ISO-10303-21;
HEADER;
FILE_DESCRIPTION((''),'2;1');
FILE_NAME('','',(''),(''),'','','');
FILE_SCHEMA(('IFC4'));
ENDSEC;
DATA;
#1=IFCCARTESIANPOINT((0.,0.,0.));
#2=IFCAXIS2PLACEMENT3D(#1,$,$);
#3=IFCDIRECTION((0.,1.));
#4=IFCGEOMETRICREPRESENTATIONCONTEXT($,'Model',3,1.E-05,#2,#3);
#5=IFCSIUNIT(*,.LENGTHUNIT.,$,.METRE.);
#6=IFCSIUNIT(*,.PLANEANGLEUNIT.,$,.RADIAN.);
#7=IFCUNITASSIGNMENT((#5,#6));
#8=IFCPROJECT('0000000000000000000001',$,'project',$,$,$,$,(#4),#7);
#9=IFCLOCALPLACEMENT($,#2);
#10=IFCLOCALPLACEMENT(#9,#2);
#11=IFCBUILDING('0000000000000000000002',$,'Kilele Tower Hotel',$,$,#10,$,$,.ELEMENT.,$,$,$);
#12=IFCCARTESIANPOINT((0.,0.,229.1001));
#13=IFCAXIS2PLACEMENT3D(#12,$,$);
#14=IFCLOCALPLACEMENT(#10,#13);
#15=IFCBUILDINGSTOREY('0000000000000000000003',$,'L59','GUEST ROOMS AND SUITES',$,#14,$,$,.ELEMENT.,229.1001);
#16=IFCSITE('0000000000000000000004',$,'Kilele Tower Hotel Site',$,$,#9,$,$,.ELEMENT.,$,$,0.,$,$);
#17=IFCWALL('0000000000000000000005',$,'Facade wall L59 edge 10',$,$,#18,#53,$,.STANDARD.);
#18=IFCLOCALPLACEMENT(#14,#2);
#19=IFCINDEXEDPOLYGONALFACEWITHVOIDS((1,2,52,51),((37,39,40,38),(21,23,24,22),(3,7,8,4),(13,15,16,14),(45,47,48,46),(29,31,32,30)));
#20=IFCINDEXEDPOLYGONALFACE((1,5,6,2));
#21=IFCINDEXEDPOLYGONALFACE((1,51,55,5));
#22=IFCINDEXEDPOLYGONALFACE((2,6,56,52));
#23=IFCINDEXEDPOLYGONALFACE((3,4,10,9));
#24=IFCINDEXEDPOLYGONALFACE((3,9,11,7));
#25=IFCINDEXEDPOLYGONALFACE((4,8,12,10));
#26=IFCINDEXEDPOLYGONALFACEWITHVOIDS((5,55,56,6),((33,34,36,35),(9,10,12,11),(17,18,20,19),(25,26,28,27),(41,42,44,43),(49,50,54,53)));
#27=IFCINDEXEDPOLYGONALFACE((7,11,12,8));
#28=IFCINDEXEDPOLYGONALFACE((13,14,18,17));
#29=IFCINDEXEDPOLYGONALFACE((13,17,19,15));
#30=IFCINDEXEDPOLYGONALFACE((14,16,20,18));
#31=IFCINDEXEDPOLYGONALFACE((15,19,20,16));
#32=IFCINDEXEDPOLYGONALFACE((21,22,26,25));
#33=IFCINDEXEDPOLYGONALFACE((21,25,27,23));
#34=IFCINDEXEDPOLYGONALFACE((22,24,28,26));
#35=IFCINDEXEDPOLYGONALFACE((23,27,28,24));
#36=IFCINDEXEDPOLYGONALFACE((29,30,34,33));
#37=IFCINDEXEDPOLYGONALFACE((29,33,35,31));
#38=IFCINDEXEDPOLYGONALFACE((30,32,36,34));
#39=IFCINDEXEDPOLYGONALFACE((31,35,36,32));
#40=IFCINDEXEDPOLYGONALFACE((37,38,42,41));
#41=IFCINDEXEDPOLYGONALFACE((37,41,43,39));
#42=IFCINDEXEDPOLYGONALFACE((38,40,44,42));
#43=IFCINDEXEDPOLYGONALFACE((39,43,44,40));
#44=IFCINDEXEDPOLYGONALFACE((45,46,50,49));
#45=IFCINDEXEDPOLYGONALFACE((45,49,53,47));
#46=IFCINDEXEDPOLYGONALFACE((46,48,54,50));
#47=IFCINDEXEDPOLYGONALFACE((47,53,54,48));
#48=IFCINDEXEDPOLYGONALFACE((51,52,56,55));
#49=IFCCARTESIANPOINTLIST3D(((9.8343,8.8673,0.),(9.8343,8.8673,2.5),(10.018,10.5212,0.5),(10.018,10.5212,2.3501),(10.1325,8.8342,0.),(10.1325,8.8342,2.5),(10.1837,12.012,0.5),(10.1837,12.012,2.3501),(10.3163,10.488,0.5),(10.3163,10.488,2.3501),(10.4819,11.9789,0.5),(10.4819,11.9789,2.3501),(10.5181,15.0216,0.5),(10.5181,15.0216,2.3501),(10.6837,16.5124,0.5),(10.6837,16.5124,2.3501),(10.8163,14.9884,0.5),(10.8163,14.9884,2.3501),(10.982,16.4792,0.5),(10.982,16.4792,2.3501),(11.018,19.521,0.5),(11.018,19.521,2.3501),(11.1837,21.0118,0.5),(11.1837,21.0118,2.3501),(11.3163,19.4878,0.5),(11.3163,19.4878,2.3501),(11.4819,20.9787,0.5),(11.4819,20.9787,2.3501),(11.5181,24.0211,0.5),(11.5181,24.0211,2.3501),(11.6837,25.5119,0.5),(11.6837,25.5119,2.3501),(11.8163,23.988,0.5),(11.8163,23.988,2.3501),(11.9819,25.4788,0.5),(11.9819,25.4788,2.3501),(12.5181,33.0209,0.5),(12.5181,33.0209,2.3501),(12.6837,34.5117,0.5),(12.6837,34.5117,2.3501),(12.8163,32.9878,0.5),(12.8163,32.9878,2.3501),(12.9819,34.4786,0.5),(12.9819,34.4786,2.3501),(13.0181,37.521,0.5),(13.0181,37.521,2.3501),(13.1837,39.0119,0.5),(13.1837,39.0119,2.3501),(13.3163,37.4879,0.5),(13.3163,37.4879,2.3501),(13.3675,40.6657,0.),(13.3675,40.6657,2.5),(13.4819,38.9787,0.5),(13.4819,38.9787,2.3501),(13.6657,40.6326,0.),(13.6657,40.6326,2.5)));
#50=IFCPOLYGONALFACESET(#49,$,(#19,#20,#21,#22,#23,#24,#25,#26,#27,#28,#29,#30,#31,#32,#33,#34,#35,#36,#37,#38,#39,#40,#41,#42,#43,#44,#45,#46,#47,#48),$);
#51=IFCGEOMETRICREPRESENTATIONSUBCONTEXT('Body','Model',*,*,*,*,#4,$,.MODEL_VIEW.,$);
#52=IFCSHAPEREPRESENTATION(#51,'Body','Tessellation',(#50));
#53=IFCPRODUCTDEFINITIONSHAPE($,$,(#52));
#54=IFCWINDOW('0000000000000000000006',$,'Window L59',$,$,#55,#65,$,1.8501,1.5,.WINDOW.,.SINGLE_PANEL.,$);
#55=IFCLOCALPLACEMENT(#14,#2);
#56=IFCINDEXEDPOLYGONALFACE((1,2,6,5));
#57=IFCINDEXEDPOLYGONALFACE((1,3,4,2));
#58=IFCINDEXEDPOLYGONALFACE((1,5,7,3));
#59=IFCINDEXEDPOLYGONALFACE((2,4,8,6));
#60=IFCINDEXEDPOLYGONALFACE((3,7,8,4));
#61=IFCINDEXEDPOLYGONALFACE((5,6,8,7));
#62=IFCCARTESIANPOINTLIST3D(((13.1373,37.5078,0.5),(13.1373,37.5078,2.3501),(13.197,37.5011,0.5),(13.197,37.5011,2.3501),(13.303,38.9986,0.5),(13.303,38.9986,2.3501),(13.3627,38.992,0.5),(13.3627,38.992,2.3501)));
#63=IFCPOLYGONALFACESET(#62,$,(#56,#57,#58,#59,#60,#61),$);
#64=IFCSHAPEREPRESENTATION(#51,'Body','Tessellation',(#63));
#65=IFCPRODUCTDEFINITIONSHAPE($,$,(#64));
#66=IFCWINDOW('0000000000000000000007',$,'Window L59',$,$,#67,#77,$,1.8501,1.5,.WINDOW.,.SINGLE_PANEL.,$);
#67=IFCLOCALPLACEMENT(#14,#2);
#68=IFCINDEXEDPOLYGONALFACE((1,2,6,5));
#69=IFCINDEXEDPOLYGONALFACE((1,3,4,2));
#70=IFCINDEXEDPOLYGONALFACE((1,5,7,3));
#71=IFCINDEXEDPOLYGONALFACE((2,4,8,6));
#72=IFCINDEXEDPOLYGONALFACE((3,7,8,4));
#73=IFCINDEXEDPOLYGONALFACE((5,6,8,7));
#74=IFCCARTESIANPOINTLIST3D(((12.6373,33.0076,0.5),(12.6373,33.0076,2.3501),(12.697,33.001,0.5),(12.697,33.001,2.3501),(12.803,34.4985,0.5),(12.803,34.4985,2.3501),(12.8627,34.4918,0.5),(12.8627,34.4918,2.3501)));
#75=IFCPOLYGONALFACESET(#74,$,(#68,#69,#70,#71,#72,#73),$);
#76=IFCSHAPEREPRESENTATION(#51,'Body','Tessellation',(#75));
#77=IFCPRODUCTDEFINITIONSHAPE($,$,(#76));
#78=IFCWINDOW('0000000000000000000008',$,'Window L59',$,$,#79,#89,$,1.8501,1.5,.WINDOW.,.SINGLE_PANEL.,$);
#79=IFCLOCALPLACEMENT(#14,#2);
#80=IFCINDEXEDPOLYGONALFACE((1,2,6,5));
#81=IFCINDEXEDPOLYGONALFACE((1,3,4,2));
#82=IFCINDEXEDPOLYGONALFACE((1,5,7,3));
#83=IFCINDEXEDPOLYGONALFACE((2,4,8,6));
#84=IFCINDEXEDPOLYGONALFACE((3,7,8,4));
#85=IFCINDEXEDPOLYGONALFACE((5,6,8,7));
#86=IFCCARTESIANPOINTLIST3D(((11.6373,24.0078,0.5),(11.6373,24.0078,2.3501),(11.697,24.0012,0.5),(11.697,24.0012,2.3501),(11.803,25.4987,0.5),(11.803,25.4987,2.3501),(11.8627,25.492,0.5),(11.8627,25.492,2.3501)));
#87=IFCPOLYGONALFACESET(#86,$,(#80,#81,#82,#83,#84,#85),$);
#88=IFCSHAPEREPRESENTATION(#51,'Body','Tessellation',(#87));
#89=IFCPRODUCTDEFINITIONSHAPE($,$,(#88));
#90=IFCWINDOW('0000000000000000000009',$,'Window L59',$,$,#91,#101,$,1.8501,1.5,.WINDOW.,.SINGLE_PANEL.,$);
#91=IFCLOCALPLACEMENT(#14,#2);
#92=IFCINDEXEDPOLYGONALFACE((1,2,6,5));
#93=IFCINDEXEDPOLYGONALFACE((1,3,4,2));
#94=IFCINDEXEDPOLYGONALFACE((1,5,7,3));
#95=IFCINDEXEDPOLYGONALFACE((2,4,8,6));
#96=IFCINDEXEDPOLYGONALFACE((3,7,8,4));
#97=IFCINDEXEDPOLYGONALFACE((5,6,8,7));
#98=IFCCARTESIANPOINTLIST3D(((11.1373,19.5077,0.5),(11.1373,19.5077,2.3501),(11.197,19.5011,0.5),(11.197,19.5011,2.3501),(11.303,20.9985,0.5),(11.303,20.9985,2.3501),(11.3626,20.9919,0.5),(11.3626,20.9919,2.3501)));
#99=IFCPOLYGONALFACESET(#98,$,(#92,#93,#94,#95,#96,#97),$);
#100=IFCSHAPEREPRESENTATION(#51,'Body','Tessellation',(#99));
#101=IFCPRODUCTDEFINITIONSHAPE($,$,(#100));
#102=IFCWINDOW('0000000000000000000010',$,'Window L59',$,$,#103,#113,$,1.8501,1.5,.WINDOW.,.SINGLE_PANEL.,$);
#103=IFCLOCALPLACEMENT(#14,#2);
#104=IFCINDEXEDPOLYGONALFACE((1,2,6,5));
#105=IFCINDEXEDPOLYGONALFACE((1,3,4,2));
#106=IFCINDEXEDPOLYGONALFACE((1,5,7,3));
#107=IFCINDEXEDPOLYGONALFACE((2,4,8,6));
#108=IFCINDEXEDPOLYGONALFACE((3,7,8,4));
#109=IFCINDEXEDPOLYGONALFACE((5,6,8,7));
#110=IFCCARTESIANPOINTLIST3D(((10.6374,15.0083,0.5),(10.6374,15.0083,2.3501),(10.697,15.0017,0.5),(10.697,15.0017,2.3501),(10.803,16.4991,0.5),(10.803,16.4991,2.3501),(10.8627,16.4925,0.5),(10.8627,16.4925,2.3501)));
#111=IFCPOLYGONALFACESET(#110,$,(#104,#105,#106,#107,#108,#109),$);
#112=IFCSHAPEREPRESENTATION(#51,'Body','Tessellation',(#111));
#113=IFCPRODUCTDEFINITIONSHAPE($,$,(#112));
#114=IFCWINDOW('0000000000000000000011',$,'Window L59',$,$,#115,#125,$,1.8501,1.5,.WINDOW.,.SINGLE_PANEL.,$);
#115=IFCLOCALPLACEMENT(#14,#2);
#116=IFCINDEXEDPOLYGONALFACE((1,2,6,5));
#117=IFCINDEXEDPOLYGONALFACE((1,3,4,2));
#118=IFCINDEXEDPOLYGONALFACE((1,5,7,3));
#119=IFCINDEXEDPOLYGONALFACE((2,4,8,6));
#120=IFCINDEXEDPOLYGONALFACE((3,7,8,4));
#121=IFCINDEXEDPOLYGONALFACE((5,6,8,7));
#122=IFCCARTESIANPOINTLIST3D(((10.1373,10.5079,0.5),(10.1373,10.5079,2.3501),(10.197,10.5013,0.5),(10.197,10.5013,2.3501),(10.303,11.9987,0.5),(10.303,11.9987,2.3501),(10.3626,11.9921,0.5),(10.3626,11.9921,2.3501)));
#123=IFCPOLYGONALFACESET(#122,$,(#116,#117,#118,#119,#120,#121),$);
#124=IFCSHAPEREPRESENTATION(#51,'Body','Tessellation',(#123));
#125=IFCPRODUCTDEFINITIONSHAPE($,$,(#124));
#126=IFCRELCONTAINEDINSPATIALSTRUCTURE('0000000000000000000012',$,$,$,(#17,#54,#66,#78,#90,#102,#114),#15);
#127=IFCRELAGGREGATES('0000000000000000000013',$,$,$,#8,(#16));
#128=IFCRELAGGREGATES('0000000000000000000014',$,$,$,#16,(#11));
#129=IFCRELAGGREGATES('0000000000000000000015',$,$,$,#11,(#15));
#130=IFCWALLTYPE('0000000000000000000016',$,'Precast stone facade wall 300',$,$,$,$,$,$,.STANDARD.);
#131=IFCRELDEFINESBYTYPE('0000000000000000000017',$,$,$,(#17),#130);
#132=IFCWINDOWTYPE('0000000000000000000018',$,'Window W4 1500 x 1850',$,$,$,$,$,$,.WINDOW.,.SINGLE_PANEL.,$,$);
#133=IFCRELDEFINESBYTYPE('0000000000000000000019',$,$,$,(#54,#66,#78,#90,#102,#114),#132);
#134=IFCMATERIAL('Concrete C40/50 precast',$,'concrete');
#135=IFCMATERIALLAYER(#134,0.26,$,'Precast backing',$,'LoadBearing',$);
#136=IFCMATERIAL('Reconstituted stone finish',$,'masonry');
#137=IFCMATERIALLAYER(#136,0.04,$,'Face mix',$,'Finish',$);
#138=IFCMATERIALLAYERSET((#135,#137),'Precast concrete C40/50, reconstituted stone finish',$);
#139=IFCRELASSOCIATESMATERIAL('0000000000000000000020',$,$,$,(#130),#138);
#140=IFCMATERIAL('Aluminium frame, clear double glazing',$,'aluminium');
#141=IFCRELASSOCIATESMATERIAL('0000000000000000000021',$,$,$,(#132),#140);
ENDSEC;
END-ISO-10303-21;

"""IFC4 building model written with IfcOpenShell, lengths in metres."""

from ifc_helpers import new_model, si_unit, direction, frame, frame_2d, origin, place, context, subcontext, project, spatial, rectangle, extrude, material, layer, layer_set, type_object, element, fill, save


model = new_model("IFC4")

# Units and contexts
model_context = context("Model", 3, precision=1e-05, world=origin(), true_north=direction((0.0, 1.0)))
body_context = subcontext(model_context, "Body", "Model", "MODEL_VIEW")
ifc_project = project(units=[si_unit("LENGTHUNIT", "METRE"), si_unit("PLANEANGLEUNIT", "RADIAN")], contexts=[model_context])

# Site, building, storey
site_placement = place(None, origin())
site = spatial("IfcSite", under=ifc_project, at=site_placement, Name="Kilele Tower Hotel Site", CompositionType="ELEMENT", RefElevation=0.0)
building_placement = place(site_placement, origin())
building = spatial("IfcBuilding", under=site, at=building_placement, Name="Kilele Tower Hotel", CompositionType="ELEMENT")
storey_placement = place(building_placement, frame((0.0, 0.0, 229.1001)))
storey = spatial("IfcBuildingStorey", under=building, at=storey_placement, Name="L59", Description="GUEST ROOMS AND SUITES", CompositionType="ELEMENT", Elevation=229.1001)

# Wall, openings, windows
ifc_material_1 = material(Name="Concrete C40/50 precast", Category="concrete")
ifc_layer_1 = layer(ifc_material_1, 0.26, Name="Precast backing", Category="LoadBearing")
ifc_material_2 = material(Name="Reconstituted stone finish", Category="masonry")
ifc_layer_2 = layer(ifc_material_2, 0.04, Name="Face mix", Category="Finish")
ifc_layer_set_1 = layer_set([ifc_layer_1, ifc_layer_2], Name="Precast concrete C40/50, reconstituted stone finish")
wall_type_1 = type_object("IfcWallType", Name="Precast stone facade wall 300", PredefinedType="STANDARD", material=ifc_layer_set_1)
wall_1_placement = place(storey_placement, frame((13.5166, 40.6492, 0.0), z_axis=(0.0, 0.0, 1.0), x_axis=(-0.110433, -0.993884, 0.0)))
wall_1 = element("IfcWall", 1, at=wall_1_placement, inside=storey, type_object=wall_type_1, Name="Facade wall L59 edge 10", PredefinedType="STANDARD", context=body_context, shape_type="SweptSolid", body=[
    extrude(rectangle(XDim=31.9941, YDim=0.3, at=frame_2d((15.9971, 0.0))), origin(), (0.0, 0.0, 1.0), 2.5),
])
opening_1_placement = place(wall_1_placement, frame((1.6641, 0.0, 0.5)))
opening_1 = element("IfcOpeningElement", 2, at=opening_1_placement, cuts=wall_1, PredefinedType="OPENING", context=body_context, shape_type="SweptSolid", body=[
    extrude(rectangle(XDim=1.5, YDim=1.8501, at=frame_2d((0.75, 0.925))), frame((0.0, 0.1599, 0.0), z_axis=(0.0, -1.0, 0.0), x_axis=(1.0, 0.0, 0.0)), (0.0, 0.0, 1.0), 0.3201),
])
opening_2_placement = place(wall_1_placement, frame((6.1919, 0.0, 0.5)))
opening_2 = element("IfcOpeningElement", 3, at=opening_2_placement, cuts=wall_1, PredefinedType="OPENING", context=body_context, shape_type="SweptSolid", body=[
    extrude(rectangle(XDim=1.5, YDim=1.8501, at=frame_2d((0.75, 0.925))), frame((0.0, 0.1599, 0.0), z_axis=(0.0, -1.0, 0.0), x_axis=(1.0, 0.0, 0.0)), (0.0, 0.0, 1.0), 0.3201),
])
opening_3_placement = place(wall_1_placement, frame((15.2471, 0.0, 0.5)))
opening_3 = element("IfcOpeningElement", 4, at=opening_3_placement, cuts=wall_1, PredefinedType="OPENING", context=body_context, shape_type="SweptSolid", body=[
    extrude(rectangle(XDim=1.5, YDim=1.8501, at=frame_2d((0.75, 0.925))), frame((0.0, 0.1599, 0.0), z_axis=(0.0, -1.0, 0.0), x_axis=(1.0, 0.0, 0.0)), (0.0, 0.0, 1.0), 0.3201),
])
opening_4_placement = place(wall_1_placement, frame((19.7749, 0.0, 0.5)))
opening_4 = element("IfcOpeningElement", 5, at=opening_4_placement, cuts=wall_1, PredefinedType="OPENING", context=body_context, shape_type="SweptSolid", body=[
    extrude(rectangle(XDim=1.5, YDim=1.8501, at=frame_2d((0.75, 0.925))), frame((0.0, 0.1599, 0.0), z_axis=(0.0, -1.0, 0.0), x_axis=(1.0, 0.0, 0.0)), (0.0, 0.0, 1.0), 0.3201),
])
opening_5_placement = place(wall_1_placement, frame((24.302, 0.0, 0.5)))
opening_5 = element("IfcOpeningElement", 6, at=opening_5_placement, cuts=wall_1, PredefinedType="OPENING", context=body_context, shape_type="SweptSolid", body=[
    extrude(rectangle(XDim=1.5, YDim=1.8501, at=frame_2d((0.75, 0.925))), frame((0.0, 0.1599, 0.0), z_axis=(0.0, -1.0, 0.0), x_axis=(1.0, 0.0, 0.0)), (0.0, 0.0, 1.0), 0.3201),
])
opening_6_placement = place(wall_1_placement, frame((28.8301, 0.0, 0.5)))
opening_6 = element("IfcOpeningElement", 7, at=opening_6_placement, cuts=wall_1, PredefinedType="OPENING", context=body_context, shape_type="SweptSolid", body=[
    extrude(rectangle(XDim=1.5, YDim=1.8501, at=frame_2d((0.75, 0.925))), frame((0.0, 0.1599, 0.0), z_axis=(0.0, -1.0, 0.0), x_axis=(1.0, 0.0, 0.0)), (0.0, 0.0, 1.0), 0.3201),
])
ifc_material_3 = material(Name="Aluminium frame, clear double glazing", Category="aluminium")
window_type = type_object("IfcWindowType", Name="Window W4 1500 x 1850", PartitioningType="SINGLE_PANEL", PredefinedType="WINDOW", material=ifc_material_3)
window_1_placement = place(opening_1_placement, origin())
window_1 = element("IfcWindow", 8, at=window_1_placement, inside=storey, type_object=window_type, Name="Window L59", OverallHeight=1.8501, OverallWidth=1.5, PartitioningType="SINGLE_PANEL", PredefinedType="WINDOW", context=body_context, shape_type="SweptSolid", body=[
    extrude(rectangle(XDim=1.5, YDim=1.8501, at=frame_2d((0.75, 0.925))), frame((0.0, 0.03, 0.0), z_axis=(0.0, -1.0, 0.0), x_axis=(1.0, 0.0, 0.0)), (0.0, 0.0, 1.0), 0.0601),
])
fill(opening_1, window_1)
window_2_placement = place(opening_2_placement, origin())
window_2 = element("IfcWindow", 9, at=window_2_placement, inside=storey, type_object=window_type, Name="Window L59", OverallHeight=1.8501, OverallWidth=1.5, PartitioningType="SINGLE_PANEL", PredefinedType="WINDOW", context=body_context, shape_type="SweptSolid", body=[
    extrude(rectangle(XDim=1.5, YDim=1.8501, at=frame_2d((0.75, 0.925))), frame((0.0, 0.03, 0.0), z_axis=(0.0, -1.0, 0.0), x_axis=(1.0, 0.0, 0.0)), (0.0, 0.0, 1.0), 0.0601),
])
fill(opening_2, window_2)
window_3_placement = place(opening_3_placement, origin())
window_3 = element("IfcWindow", 10, at=window_3_placement, inside=storey, type_object=window_type, Name="Window L59", OverallHeight=1.8501, OverallWidth=1.5, PartitioningType="SINGLE_PANEL", PredefinedType="WINDOW", context=body_context, shape_type="SweptSolid", body=[
    extrude(rectangle(XDim=1.5, YDim=1.8501, at=frame_2d((0.75, 0.925))), frame((0.0, 0.03, 0.0), z_axis=(0.0, -1.0, 0.0), x_axis=(1.0, 0.0, 0.0)), (0.0, 0.0, 1.0), 0.0601),
])
fill(opening_3, window_3)
window_4_placement = place(opening_4_placement, origin())
window_4 = element("IfcWindow", 11, at=window_4_placement, inside=storey, type_object=window_type, Name="Window L59", OverallHeight=1.8501, OverallWidth=1.5, PartitioningType="SINGLE_PANEL", PredefinedType="WINDOW", context=body_context, shape_type="SweptSolid", body=[
    extrude(rectangle(XDim=1.5, YDim=1.8501, at=frame_2d((0.75, 0.925))), frame((0.0, 0.03, 0.0), z_axis=(0.0, -1.0, 0.0), x_axis=(1.0, 0.0, 0.0)), (0.0, 0.0, 1.0), 0.0601),
])
fill(opening_4, window_4)
window_5_placement = place(opening_5_placement, origin())
window_5 = element("IfcWindow", 12, at=window_5_placement, inside=storey, type_object=window_type, Name="Window L59", OverallHeight=1.8501, OverallWidth=1.5, PartitioningType="SINGLE_PANEL", PredefinedType="WINDOW", context=body_context, shape_type="SweptSolid", body=[
    extrude(rectangle(XDim=1.5, YDim=1.8501, at=frame_2d((0.75, 0.925))), frame((0.0, 0.03, 0.0), z_axis=(0.0, -1.0, 0.0), x_axis=(1.0, 0.0, 0.0)), (0.0, 0.0, 1.0), 0.0601),
])
fill(opening_5, window_5)
window_6_placement = place(opening_6_placement, origin())
window_6 = element("IfcWindow", 13, at=window_6_placement, inside=storey, type_object=window_type, Name="Window L59", OverallHeight=1.8501, OverallWidth=1.5, PartitioningType="SINGLE_PANEL", PredefinedType="WINDOW", context=body_context, shape_type="SweptSolid", body=[
    extrude(rectangle(XDim=1.5, YDim=1.8501, at=frame_2d((0.75, 0.925))), frame((0.0, 0.03, 0.0), z_axis=(0.0, -1.0, 0.0), x_axis=(1.0, 0.0, 0.0)), (0.0, 0.0, 1.0), 0.0601),
])
fill(opening_6, window_6)

save(model, "model.ifc")
